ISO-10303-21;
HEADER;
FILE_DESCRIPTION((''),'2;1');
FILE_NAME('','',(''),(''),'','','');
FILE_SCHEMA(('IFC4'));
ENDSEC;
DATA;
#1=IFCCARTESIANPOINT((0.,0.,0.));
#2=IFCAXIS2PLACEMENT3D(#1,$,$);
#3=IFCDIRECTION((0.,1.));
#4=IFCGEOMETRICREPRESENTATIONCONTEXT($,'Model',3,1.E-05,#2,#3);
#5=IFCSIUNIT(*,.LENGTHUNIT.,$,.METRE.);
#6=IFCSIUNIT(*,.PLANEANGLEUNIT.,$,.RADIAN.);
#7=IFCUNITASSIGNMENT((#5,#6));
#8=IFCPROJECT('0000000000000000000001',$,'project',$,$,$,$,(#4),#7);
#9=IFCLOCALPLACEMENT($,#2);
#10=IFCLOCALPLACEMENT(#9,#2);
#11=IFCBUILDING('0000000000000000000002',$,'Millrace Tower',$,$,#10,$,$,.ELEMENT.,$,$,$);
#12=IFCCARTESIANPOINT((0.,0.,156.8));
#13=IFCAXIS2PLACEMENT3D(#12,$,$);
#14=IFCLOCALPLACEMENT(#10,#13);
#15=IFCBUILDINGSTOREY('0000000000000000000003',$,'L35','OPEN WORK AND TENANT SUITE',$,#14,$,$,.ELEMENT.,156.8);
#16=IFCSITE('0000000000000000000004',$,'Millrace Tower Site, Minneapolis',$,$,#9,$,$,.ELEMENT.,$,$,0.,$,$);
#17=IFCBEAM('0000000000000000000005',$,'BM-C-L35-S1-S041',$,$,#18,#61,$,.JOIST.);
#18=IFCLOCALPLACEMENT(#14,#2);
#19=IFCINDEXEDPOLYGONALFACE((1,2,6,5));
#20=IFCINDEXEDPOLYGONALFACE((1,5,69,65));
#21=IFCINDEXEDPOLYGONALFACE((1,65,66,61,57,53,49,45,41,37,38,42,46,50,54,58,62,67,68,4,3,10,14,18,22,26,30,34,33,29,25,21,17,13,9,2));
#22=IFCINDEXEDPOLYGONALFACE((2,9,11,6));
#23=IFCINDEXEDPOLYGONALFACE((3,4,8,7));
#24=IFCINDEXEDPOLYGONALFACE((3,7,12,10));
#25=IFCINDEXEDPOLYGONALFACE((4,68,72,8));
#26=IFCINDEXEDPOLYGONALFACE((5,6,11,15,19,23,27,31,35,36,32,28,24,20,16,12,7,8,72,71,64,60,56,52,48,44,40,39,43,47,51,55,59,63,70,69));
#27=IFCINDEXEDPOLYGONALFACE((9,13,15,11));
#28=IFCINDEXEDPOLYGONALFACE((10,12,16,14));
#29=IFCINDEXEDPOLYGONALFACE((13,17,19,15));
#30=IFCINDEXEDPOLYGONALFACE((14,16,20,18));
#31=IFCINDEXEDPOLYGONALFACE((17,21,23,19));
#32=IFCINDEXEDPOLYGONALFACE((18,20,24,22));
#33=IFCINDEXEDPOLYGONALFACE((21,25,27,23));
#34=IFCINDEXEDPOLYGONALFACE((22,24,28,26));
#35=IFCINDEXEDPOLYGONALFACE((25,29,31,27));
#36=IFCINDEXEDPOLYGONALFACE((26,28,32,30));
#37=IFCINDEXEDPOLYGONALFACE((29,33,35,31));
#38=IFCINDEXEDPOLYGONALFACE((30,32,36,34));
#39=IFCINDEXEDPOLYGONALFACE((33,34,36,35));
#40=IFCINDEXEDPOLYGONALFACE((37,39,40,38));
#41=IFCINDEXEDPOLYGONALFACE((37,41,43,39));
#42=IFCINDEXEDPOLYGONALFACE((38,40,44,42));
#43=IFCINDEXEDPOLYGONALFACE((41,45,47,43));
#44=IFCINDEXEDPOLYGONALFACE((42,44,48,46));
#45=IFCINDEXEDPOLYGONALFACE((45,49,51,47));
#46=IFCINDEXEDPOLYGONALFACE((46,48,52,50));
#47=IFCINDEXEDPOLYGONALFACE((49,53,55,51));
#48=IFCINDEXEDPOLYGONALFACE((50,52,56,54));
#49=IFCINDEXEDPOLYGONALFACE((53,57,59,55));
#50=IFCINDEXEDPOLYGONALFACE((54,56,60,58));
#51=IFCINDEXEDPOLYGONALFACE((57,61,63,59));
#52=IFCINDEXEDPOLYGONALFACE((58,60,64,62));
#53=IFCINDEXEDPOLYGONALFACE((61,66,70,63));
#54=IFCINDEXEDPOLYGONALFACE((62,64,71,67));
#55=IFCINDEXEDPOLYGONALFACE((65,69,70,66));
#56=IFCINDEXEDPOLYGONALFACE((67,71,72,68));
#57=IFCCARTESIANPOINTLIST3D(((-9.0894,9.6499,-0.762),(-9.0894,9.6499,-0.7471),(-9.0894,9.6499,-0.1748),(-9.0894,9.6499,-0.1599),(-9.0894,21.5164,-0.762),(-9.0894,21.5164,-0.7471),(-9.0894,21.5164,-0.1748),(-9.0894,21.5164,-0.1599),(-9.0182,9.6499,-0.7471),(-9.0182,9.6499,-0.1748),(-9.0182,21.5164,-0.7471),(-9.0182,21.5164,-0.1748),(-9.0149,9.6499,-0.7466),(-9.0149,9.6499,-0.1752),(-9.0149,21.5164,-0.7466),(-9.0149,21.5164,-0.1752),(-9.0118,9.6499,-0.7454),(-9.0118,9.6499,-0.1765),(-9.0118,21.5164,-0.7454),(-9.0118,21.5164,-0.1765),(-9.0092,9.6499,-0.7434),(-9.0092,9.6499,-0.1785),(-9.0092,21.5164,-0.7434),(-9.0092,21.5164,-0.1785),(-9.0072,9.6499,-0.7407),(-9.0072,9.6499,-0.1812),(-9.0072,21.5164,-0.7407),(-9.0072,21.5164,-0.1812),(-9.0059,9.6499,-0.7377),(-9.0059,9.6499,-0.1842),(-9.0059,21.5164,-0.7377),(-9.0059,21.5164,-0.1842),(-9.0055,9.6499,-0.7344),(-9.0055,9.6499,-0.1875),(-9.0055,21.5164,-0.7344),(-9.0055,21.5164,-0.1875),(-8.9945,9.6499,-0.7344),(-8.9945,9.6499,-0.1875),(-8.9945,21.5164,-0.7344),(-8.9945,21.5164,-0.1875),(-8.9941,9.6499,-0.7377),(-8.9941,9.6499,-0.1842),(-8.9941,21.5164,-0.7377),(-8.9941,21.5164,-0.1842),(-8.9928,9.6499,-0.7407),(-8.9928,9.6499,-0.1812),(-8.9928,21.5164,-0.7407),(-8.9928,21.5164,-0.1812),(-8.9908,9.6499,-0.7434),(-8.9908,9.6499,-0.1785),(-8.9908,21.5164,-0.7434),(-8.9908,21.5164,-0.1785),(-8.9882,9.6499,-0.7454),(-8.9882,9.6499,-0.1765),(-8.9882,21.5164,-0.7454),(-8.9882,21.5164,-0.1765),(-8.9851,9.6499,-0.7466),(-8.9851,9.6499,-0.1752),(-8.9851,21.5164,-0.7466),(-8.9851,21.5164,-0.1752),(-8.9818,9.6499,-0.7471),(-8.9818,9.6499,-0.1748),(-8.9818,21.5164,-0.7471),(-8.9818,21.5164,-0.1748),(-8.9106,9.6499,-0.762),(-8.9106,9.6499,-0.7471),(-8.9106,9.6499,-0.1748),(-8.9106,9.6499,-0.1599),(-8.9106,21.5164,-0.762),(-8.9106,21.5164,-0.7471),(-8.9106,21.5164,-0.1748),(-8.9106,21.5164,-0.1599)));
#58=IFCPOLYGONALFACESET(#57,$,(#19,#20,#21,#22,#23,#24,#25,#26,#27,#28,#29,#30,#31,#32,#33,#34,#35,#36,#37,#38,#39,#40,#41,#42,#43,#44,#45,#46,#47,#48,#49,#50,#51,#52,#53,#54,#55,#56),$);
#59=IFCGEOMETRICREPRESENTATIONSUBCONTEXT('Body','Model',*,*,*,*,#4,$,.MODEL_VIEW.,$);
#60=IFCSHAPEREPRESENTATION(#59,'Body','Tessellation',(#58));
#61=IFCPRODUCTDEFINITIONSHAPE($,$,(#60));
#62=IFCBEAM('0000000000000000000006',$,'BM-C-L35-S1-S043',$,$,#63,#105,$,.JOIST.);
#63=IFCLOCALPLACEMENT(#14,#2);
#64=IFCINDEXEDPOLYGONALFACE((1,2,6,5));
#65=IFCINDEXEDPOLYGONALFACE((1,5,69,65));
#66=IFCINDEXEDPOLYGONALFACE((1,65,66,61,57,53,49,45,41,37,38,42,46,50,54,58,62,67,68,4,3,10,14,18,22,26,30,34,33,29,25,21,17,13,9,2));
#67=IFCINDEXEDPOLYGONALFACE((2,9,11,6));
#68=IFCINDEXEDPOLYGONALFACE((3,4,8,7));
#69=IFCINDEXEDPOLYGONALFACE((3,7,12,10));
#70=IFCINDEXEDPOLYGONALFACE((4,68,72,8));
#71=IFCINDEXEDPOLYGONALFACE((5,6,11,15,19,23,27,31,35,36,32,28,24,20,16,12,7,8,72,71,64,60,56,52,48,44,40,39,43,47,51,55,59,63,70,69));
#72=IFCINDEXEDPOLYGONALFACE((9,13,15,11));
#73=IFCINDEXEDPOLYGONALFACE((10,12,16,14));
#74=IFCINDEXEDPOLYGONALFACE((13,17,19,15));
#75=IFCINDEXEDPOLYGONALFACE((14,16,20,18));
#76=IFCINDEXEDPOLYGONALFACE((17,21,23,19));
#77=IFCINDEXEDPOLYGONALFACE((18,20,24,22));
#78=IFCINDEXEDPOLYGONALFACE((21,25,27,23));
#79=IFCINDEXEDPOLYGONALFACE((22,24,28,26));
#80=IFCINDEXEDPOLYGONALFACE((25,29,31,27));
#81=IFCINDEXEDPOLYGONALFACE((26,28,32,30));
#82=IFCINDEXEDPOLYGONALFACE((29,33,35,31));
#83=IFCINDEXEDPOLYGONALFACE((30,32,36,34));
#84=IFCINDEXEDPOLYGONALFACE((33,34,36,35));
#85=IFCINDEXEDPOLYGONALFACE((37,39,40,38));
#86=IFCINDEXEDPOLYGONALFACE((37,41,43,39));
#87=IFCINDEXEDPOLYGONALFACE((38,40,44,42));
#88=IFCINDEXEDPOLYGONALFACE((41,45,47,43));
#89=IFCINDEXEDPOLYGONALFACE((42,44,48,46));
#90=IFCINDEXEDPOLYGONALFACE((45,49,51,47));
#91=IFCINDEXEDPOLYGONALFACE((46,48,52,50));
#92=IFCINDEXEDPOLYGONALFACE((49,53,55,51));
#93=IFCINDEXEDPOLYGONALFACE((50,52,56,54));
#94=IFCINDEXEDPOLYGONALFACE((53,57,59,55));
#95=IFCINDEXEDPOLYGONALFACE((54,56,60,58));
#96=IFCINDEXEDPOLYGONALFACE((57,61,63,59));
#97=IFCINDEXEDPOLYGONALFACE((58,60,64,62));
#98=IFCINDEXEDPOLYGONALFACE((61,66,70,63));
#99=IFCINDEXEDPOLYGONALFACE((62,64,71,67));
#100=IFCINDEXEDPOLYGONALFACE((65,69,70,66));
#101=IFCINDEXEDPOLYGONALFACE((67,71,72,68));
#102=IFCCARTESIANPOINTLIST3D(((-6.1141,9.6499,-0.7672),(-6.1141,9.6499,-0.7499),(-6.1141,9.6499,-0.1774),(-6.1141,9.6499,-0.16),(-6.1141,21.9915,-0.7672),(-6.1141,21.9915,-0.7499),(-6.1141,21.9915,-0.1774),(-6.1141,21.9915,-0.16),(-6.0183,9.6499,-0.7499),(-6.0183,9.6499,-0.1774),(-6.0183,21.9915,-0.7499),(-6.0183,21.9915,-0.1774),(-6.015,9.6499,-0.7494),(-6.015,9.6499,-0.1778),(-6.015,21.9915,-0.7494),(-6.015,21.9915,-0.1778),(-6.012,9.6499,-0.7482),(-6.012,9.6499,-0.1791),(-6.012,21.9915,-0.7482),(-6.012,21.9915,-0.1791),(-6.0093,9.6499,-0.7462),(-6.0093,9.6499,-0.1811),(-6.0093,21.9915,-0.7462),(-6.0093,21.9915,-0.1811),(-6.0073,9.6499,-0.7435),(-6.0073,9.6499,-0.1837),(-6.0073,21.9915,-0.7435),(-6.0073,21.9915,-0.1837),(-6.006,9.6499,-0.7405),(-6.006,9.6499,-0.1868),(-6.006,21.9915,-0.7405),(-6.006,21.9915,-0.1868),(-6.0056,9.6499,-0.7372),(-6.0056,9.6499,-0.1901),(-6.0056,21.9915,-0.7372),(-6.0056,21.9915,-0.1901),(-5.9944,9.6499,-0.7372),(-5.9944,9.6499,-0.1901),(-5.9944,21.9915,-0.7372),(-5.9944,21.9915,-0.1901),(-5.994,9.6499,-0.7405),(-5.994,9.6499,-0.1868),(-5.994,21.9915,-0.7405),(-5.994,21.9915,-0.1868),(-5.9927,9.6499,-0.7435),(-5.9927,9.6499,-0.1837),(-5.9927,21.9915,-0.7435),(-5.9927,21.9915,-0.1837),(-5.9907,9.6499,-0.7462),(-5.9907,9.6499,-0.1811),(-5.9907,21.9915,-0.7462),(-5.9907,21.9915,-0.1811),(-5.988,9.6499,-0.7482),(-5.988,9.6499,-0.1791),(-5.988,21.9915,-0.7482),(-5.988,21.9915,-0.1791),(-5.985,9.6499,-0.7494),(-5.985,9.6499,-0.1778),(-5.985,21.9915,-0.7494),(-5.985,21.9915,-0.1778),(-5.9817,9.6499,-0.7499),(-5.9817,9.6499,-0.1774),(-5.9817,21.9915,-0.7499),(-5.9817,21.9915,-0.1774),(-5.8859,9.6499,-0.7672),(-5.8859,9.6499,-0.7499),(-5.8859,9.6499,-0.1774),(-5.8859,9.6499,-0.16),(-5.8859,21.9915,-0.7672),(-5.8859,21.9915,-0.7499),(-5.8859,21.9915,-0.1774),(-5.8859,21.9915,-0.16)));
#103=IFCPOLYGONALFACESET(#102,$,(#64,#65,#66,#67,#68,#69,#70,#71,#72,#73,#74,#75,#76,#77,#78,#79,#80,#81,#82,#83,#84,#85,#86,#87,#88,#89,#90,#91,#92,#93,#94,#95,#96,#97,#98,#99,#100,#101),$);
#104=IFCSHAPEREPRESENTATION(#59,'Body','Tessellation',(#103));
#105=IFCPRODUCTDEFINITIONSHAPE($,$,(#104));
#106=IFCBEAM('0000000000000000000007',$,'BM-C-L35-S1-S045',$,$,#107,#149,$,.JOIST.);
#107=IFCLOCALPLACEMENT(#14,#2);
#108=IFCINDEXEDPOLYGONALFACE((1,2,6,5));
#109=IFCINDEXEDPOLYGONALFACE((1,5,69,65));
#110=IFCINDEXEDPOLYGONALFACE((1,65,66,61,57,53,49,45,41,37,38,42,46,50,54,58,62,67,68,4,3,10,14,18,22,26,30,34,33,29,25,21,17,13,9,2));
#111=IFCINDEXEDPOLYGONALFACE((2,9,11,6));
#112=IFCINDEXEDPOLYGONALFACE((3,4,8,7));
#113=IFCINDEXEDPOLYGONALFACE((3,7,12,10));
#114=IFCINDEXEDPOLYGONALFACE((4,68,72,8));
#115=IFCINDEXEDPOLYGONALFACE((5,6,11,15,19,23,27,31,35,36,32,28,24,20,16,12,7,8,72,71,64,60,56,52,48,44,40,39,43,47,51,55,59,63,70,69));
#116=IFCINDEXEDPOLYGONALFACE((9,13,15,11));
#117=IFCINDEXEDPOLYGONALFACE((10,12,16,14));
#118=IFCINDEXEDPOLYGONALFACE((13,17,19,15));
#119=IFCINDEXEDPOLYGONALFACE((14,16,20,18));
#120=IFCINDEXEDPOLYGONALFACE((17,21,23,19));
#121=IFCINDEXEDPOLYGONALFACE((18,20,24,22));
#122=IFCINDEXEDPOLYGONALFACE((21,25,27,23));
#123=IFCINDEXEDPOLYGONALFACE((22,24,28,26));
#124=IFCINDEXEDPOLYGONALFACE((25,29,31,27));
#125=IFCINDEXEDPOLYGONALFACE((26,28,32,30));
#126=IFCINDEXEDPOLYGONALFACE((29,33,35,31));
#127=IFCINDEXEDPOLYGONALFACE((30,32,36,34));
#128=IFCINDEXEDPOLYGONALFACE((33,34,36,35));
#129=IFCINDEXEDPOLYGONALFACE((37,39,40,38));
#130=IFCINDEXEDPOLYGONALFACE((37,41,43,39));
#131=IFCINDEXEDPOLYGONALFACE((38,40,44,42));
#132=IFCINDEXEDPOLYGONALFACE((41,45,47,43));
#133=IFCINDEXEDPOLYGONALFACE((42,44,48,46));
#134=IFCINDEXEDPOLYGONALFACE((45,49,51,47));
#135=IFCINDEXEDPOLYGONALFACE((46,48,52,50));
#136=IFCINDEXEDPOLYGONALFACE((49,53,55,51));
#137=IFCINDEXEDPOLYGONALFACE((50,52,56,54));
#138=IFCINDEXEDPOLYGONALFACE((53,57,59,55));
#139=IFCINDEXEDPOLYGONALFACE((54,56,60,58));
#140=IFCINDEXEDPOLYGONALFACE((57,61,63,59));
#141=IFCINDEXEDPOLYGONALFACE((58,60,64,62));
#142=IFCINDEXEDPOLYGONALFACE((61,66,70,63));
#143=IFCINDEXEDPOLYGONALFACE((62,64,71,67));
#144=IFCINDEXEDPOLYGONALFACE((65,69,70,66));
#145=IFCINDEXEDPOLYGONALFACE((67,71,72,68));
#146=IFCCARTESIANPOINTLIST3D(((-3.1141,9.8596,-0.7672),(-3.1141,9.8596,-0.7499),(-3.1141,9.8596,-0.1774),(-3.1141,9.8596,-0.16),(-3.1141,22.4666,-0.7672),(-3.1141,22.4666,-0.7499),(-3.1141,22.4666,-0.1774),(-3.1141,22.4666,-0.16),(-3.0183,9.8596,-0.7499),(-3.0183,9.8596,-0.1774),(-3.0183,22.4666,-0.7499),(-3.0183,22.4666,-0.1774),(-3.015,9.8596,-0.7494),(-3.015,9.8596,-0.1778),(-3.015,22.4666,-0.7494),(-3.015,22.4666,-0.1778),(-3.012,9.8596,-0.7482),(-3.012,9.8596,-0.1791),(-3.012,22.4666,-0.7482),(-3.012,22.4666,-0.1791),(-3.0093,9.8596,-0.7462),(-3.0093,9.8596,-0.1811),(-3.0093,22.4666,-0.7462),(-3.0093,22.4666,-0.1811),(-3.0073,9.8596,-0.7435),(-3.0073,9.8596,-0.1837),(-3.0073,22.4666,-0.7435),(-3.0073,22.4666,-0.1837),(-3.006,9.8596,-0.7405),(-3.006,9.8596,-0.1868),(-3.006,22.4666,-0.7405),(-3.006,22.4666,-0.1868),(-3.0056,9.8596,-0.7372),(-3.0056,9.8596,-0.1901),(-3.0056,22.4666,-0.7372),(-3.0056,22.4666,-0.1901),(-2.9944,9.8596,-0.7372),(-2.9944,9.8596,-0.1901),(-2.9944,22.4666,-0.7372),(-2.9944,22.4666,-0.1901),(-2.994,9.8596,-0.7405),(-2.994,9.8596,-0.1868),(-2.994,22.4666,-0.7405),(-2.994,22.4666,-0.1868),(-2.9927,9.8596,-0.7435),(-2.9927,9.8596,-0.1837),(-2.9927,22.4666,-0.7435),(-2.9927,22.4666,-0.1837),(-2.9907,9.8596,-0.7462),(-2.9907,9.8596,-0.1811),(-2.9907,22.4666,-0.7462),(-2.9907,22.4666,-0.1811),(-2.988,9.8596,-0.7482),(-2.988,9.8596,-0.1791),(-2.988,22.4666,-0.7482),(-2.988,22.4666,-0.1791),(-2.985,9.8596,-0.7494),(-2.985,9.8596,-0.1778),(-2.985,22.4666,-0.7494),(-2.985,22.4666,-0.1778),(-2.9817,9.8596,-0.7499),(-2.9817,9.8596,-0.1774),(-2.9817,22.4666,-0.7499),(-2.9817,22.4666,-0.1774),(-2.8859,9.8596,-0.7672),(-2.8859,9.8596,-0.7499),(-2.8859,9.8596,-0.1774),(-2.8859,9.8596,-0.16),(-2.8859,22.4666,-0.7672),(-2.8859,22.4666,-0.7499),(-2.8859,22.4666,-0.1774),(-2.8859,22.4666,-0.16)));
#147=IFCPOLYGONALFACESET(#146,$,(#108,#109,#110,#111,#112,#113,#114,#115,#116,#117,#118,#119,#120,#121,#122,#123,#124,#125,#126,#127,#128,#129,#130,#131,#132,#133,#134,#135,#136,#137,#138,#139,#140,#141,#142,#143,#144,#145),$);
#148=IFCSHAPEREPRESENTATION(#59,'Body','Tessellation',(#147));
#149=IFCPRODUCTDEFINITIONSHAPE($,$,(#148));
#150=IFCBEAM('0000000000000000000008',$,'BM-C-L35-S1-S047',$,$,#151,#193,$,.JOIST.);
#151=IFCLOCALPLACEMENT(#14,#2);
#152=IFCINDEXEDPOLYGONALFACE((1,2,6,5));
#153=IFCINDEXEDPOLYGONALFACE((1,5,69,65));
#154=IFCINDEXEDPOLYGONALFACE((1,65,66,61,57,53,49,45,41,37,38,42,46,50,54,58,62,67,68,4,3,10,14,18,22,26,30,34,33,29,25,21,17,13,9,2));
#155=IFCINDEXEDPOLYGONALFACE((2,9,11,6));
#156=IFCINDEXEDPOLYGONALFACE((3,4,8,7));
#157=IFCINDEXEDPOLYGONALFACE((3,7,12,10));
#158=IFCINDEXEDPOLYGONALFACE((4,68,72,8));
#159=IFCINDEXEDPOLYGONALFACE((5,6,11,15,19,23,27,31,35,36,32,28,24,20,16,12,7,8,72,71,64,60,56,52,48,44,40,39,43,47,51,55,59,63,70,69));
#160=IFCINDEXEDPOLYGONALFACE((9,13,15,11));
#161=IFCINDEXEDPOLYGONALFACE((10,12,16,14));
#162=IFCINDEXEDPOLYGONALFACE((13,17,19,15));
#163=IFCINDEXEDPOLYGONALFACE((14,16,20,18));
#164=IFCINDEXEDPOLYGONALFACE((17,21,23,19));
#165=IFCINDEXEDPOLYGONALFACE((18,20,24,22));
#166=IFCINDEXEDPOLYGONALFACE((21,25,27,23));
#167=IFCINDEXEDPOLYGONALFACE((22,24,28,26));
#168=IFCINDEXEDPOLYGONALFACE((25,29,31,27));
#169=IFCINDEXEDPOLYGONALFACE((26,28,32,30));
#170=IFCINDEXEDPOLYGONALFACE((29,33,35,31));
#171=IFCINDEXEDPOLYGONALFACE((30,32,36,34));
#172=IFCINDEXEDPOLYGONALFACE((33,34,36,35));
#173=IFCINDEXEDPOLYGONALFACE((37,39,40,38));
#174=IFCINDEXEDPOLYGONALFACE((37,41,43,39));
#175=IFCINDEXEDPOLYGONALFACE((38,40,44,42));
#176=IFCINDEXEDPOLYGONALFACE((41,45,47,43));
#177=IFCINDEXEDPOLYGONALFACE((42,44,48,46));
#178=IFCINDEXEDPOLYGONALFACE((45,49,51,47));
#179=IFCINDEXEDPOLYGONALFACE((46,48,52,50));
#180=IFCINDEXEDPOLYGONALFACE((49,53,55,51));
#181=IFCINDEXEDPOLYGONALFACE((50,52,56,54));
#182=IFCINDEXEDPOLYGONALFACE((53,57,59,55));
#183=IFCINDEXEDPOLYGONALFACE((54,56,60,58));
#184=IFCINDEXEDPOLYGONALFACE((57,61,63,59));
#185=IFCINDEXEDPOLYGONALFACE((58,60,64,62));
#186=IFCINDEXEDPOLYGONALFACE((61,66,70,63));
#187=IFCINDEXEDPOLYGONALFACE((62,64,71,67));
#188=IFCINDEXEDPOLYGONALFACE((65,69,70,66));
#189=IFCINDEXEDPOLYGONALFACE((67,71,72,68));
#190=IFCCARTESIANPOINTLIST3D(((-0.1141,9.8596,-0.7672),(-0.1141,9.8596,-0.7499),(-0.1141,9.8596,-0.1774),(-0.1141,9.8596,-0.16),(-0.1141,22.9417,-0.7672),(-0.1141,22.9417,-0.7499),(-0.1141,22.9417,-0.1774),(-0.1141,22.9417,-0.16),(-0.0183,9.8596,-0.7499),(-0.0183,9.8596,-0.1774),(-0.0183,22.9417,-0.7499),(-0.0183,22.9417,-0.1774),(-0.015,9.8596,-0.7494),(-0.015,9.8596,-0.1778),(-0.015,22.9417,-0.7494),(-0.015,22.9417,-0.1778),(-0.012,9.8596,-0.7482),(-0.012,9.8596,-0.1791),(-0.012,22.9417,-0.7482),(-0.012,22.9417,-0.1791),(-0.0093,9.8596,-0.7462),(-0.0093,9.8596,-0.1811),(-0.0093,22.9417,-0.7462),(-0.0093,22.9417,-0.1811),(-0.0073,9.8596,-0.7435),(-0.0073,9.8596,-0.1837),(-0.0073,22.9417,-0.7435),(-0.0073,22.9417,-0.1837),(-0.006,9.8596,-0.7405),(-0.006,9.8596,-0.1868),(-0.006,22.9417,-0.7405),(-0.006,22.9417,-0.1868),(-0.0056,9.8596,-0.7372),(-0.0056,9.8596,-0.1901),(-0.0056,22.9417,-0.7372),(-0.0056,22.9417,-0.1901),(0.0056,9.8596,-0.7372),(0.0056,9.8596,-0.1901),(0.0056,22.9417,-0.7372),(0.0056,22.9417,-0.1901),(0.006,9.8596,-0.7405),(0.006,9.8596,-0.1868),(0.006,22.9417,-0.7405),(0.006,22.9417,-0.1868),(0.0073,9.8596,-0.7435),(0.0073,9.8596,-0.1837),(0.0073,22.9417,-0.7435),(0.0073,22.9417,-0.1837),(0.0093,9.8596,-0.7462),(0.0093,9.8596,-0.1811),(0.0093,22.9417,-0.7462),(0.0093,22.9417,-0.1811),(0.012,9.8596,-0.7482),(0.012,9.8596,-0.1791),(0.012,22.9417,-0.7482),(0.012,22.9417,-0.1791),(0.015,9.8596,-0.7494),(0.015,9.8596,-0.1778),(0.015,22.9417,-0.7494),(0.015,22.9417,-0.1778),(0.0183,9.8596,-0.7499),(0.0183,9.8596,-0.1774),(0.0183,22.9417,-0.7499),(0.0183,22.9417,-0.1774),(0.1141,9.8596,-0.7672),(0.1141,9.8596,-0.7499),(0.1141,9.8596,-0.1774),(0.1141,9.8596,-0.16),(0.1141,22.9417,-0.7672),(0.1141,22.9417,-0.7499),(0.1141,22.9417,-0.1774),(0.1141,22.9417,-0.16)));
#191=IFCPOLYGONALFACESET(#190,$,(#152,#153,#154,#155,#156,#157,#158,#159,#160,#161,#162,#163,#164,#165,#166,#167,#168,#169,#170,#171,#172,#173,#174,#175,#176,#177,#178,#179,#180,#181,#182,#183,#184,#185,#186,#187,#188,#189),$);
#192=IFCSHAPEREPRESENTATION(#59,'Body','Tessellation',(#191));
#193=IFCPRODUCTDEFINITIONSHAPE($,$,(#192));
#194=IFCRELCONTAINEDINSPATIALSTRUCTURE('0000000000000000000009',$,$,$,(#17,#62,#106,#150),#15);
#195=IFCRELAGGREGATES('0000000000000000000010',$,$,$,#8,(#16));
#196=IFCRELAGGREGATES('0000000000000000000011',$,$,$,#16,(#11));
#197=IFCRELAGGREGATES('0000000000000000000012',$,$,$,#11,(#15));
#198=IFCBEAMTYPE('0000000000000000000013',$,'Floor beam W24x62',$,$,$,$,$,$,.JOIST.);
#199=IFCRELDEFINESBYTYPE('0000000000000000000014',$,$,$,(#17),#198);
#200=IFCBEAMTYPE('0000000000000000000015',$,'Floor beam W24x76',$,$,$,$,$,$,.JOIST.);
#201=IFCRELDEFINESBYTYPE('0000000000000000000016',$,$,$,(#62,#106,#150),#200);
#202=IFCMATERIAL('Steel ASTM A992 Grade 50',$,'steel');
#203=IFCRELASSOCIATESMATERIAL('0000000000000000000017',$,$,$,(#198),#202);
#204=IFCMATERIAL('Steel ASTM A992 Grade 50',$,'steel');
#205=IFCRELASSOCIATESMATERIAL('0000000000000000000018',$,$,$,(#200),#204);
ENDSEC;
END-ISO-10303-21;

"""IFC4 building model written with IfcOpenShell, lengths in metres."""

from ifc_helpers import new_model, si_unit, direction, frame, origin, origin_2d, place, context, subcontext, project, spatial, i_section, extrude, material, material_profile, profile_set, type_object, element, save


model = new_model("IFC4")

# Units and contexts
model_context = context("Model", 3, precision=1e-05, world=origin(), true_north=direction((0.0, 1.0)))
body_context = subcontext(model_context, "Body", "Model", "MODEL_VIEW")
ifc_project = project(units=[si_unit("LENGTHUNIT", "METRE"), si_unit("PLANEANGLEUNIT", "RADIAN")], contexts=[model_context])

# Site, building, storey
site_placement = place(None, origin())
site = spatial("IfcSite", under=ifc_project, at=site_placement, Name="Millrace Tower Site, Minneapolis", CompositionType="ELEMENT", RefElevation=0.0)
building_placement = place(site_placement, origin())
building = spatial("IfcBuilding", under=site, at=building_placement, Name="Millrace Tower", CompositionType="ELEMENT")
storey_placement = place(building_placement, frame((0.0, 0.0, 156.8)))
storey = spatial("IfcBuildingStorey", under=building, at=storey_placement, Name="L35", Description="OPEN WORK AND TENANT SUITE", CompositionType="ELEMENT", Elevation=156.8)

# Beams
ifc_material_1 = material(Name="Steel ASTM A992 Grade 50", Category="steel")
ifc_material_profile_1 = material_profile(ifc_material_1, i_section(OverallWidth=0.1787, OverallDepth=0.6021, WebThickness=0.011, FlangeThickness=0.0149, FilletRadius=0.0127, at=origin_2d()))
ifc_profile_set_1 = profile_set([ifc_material_profile_1], Name="Steel ASTM A992 Grade 50")
beam_type_1 = type_object("IfcBeamType", Name="Floor beam W24x62", PredefinedType="JOIST", material=ifc_profile_set_1)
beam_1_placement = place(storey_placement, frame((-9.0, 9.6499, -0.4609), z_axis=(0.0, 1.0, 0.0), x_axis=(-1.0, 0.0, 0.0)))
element("IfcBeam", 1, at=beam_1_placement, inside=storey, type_object=beam_type_1, Name="BM-C-L35-S1-S041", PredefinedType="JOIST", context=body_context, shape_type="SweptSolid", body=[
    extrude(i_section(OverallWidth=0.1787, OverallDepth=0.6021, WebThickness=0.011, FlangeThickness=0.0149, FilletRadius=0.0127, at=origin_2d()), origin(), (0.0, 0.0, 1.0), 11.8665),
])
ifc_material_2 = material(Name="Steel ASTM A992 Grade 50", Category="steel")
ifc_material_profile_2 = material_profile(ifc_material_2, i_section(OverallWidth=0.2283, OverallDepth=0.6072, WebThickness=0.0112, FlangeThickness=0.0173, FilletRadius=0.0127, at=origin_2d()))
ifc_profile_set_2 = profile_set([ifc_material_profile_2], Name="Steel ASTM A992 Grade 50")
beam_type_2 = type_object("IfcBeamType", Name="Floor beam W24x76", PredefinedType="JOIST", material=ifc_profile_set_2)
beam_2_placement = place(storey_placement, frame((-6.0, 9.6499, -0.4636), z_axis=(0.0, 1.0, 0.0), x_axis=(-1.0, 0.0, 0.0)))
element("IfcBeam", 2, at=beam_2_placement, inside=storey, type_object=beam_type_2, Name="BM-C-L35-S1-S043", PredefinedType="JOIST", context=body_context, shape_type="SweptSolid", body=[
    extrude(i_section(OverallWidth=0.2283, OverallDepth=0.6072, WebThickness=0.0112, FlangeThickness=0.0173, FilletRadius=0.0127, at=origin_2d()), origin(), (0.0, 0.0, 1.0), 12.3416),
])
beam_3_placement = place(storey_placement, frame((-3.0, 9.8596, -0.4636), z_axis=(0.0, 1.0, 0.0), x_axis=(-1.0, 0.0, 0.0)))
element("IfcBeam", 3, at=beam_3_placement, inside=storey, type_object=beam_type_2, Name="BM-C-L35-S1-S045", PredefinedType="JOIST", context=body_context, shape_type="SweptSolid", body=[
    extrude(i_section(OverallWidth=0.2283, OverallDepth=0.6072, WebThickness=0.0112, FlangeThickness=0.0173, FilletRadius=0.0127, at=origin_2d()), origin(), (0.0, 0.0, 1.0), 12.6069),
])
beam_4_placement = place(storey_placement, frame((0.0, 9.8596, -0.4636), z_axis=(0.0, 1.0, 0.0), x_axis=(-1.0, 0.0, 0.0)))
element("IfcBeam", 4, at=beam_4_placement, inside=storey, type_object=beam_type_2, Name="BM-C-L35-S1-S047", PredefinedType="JOIST", context=body_context, shape_type="SweptSolid", body=[
    extrude(i_section(OverallWidth=0.2283, OverallDepth=0.6072, WebThickness=0.0112, FlangeThickness=0.0173, FilletRadius=0.0127, at=origin_2d()), origin(), (0.0, 0.0, 1.0), 13.082),
])

save(model, "model.ifc")
